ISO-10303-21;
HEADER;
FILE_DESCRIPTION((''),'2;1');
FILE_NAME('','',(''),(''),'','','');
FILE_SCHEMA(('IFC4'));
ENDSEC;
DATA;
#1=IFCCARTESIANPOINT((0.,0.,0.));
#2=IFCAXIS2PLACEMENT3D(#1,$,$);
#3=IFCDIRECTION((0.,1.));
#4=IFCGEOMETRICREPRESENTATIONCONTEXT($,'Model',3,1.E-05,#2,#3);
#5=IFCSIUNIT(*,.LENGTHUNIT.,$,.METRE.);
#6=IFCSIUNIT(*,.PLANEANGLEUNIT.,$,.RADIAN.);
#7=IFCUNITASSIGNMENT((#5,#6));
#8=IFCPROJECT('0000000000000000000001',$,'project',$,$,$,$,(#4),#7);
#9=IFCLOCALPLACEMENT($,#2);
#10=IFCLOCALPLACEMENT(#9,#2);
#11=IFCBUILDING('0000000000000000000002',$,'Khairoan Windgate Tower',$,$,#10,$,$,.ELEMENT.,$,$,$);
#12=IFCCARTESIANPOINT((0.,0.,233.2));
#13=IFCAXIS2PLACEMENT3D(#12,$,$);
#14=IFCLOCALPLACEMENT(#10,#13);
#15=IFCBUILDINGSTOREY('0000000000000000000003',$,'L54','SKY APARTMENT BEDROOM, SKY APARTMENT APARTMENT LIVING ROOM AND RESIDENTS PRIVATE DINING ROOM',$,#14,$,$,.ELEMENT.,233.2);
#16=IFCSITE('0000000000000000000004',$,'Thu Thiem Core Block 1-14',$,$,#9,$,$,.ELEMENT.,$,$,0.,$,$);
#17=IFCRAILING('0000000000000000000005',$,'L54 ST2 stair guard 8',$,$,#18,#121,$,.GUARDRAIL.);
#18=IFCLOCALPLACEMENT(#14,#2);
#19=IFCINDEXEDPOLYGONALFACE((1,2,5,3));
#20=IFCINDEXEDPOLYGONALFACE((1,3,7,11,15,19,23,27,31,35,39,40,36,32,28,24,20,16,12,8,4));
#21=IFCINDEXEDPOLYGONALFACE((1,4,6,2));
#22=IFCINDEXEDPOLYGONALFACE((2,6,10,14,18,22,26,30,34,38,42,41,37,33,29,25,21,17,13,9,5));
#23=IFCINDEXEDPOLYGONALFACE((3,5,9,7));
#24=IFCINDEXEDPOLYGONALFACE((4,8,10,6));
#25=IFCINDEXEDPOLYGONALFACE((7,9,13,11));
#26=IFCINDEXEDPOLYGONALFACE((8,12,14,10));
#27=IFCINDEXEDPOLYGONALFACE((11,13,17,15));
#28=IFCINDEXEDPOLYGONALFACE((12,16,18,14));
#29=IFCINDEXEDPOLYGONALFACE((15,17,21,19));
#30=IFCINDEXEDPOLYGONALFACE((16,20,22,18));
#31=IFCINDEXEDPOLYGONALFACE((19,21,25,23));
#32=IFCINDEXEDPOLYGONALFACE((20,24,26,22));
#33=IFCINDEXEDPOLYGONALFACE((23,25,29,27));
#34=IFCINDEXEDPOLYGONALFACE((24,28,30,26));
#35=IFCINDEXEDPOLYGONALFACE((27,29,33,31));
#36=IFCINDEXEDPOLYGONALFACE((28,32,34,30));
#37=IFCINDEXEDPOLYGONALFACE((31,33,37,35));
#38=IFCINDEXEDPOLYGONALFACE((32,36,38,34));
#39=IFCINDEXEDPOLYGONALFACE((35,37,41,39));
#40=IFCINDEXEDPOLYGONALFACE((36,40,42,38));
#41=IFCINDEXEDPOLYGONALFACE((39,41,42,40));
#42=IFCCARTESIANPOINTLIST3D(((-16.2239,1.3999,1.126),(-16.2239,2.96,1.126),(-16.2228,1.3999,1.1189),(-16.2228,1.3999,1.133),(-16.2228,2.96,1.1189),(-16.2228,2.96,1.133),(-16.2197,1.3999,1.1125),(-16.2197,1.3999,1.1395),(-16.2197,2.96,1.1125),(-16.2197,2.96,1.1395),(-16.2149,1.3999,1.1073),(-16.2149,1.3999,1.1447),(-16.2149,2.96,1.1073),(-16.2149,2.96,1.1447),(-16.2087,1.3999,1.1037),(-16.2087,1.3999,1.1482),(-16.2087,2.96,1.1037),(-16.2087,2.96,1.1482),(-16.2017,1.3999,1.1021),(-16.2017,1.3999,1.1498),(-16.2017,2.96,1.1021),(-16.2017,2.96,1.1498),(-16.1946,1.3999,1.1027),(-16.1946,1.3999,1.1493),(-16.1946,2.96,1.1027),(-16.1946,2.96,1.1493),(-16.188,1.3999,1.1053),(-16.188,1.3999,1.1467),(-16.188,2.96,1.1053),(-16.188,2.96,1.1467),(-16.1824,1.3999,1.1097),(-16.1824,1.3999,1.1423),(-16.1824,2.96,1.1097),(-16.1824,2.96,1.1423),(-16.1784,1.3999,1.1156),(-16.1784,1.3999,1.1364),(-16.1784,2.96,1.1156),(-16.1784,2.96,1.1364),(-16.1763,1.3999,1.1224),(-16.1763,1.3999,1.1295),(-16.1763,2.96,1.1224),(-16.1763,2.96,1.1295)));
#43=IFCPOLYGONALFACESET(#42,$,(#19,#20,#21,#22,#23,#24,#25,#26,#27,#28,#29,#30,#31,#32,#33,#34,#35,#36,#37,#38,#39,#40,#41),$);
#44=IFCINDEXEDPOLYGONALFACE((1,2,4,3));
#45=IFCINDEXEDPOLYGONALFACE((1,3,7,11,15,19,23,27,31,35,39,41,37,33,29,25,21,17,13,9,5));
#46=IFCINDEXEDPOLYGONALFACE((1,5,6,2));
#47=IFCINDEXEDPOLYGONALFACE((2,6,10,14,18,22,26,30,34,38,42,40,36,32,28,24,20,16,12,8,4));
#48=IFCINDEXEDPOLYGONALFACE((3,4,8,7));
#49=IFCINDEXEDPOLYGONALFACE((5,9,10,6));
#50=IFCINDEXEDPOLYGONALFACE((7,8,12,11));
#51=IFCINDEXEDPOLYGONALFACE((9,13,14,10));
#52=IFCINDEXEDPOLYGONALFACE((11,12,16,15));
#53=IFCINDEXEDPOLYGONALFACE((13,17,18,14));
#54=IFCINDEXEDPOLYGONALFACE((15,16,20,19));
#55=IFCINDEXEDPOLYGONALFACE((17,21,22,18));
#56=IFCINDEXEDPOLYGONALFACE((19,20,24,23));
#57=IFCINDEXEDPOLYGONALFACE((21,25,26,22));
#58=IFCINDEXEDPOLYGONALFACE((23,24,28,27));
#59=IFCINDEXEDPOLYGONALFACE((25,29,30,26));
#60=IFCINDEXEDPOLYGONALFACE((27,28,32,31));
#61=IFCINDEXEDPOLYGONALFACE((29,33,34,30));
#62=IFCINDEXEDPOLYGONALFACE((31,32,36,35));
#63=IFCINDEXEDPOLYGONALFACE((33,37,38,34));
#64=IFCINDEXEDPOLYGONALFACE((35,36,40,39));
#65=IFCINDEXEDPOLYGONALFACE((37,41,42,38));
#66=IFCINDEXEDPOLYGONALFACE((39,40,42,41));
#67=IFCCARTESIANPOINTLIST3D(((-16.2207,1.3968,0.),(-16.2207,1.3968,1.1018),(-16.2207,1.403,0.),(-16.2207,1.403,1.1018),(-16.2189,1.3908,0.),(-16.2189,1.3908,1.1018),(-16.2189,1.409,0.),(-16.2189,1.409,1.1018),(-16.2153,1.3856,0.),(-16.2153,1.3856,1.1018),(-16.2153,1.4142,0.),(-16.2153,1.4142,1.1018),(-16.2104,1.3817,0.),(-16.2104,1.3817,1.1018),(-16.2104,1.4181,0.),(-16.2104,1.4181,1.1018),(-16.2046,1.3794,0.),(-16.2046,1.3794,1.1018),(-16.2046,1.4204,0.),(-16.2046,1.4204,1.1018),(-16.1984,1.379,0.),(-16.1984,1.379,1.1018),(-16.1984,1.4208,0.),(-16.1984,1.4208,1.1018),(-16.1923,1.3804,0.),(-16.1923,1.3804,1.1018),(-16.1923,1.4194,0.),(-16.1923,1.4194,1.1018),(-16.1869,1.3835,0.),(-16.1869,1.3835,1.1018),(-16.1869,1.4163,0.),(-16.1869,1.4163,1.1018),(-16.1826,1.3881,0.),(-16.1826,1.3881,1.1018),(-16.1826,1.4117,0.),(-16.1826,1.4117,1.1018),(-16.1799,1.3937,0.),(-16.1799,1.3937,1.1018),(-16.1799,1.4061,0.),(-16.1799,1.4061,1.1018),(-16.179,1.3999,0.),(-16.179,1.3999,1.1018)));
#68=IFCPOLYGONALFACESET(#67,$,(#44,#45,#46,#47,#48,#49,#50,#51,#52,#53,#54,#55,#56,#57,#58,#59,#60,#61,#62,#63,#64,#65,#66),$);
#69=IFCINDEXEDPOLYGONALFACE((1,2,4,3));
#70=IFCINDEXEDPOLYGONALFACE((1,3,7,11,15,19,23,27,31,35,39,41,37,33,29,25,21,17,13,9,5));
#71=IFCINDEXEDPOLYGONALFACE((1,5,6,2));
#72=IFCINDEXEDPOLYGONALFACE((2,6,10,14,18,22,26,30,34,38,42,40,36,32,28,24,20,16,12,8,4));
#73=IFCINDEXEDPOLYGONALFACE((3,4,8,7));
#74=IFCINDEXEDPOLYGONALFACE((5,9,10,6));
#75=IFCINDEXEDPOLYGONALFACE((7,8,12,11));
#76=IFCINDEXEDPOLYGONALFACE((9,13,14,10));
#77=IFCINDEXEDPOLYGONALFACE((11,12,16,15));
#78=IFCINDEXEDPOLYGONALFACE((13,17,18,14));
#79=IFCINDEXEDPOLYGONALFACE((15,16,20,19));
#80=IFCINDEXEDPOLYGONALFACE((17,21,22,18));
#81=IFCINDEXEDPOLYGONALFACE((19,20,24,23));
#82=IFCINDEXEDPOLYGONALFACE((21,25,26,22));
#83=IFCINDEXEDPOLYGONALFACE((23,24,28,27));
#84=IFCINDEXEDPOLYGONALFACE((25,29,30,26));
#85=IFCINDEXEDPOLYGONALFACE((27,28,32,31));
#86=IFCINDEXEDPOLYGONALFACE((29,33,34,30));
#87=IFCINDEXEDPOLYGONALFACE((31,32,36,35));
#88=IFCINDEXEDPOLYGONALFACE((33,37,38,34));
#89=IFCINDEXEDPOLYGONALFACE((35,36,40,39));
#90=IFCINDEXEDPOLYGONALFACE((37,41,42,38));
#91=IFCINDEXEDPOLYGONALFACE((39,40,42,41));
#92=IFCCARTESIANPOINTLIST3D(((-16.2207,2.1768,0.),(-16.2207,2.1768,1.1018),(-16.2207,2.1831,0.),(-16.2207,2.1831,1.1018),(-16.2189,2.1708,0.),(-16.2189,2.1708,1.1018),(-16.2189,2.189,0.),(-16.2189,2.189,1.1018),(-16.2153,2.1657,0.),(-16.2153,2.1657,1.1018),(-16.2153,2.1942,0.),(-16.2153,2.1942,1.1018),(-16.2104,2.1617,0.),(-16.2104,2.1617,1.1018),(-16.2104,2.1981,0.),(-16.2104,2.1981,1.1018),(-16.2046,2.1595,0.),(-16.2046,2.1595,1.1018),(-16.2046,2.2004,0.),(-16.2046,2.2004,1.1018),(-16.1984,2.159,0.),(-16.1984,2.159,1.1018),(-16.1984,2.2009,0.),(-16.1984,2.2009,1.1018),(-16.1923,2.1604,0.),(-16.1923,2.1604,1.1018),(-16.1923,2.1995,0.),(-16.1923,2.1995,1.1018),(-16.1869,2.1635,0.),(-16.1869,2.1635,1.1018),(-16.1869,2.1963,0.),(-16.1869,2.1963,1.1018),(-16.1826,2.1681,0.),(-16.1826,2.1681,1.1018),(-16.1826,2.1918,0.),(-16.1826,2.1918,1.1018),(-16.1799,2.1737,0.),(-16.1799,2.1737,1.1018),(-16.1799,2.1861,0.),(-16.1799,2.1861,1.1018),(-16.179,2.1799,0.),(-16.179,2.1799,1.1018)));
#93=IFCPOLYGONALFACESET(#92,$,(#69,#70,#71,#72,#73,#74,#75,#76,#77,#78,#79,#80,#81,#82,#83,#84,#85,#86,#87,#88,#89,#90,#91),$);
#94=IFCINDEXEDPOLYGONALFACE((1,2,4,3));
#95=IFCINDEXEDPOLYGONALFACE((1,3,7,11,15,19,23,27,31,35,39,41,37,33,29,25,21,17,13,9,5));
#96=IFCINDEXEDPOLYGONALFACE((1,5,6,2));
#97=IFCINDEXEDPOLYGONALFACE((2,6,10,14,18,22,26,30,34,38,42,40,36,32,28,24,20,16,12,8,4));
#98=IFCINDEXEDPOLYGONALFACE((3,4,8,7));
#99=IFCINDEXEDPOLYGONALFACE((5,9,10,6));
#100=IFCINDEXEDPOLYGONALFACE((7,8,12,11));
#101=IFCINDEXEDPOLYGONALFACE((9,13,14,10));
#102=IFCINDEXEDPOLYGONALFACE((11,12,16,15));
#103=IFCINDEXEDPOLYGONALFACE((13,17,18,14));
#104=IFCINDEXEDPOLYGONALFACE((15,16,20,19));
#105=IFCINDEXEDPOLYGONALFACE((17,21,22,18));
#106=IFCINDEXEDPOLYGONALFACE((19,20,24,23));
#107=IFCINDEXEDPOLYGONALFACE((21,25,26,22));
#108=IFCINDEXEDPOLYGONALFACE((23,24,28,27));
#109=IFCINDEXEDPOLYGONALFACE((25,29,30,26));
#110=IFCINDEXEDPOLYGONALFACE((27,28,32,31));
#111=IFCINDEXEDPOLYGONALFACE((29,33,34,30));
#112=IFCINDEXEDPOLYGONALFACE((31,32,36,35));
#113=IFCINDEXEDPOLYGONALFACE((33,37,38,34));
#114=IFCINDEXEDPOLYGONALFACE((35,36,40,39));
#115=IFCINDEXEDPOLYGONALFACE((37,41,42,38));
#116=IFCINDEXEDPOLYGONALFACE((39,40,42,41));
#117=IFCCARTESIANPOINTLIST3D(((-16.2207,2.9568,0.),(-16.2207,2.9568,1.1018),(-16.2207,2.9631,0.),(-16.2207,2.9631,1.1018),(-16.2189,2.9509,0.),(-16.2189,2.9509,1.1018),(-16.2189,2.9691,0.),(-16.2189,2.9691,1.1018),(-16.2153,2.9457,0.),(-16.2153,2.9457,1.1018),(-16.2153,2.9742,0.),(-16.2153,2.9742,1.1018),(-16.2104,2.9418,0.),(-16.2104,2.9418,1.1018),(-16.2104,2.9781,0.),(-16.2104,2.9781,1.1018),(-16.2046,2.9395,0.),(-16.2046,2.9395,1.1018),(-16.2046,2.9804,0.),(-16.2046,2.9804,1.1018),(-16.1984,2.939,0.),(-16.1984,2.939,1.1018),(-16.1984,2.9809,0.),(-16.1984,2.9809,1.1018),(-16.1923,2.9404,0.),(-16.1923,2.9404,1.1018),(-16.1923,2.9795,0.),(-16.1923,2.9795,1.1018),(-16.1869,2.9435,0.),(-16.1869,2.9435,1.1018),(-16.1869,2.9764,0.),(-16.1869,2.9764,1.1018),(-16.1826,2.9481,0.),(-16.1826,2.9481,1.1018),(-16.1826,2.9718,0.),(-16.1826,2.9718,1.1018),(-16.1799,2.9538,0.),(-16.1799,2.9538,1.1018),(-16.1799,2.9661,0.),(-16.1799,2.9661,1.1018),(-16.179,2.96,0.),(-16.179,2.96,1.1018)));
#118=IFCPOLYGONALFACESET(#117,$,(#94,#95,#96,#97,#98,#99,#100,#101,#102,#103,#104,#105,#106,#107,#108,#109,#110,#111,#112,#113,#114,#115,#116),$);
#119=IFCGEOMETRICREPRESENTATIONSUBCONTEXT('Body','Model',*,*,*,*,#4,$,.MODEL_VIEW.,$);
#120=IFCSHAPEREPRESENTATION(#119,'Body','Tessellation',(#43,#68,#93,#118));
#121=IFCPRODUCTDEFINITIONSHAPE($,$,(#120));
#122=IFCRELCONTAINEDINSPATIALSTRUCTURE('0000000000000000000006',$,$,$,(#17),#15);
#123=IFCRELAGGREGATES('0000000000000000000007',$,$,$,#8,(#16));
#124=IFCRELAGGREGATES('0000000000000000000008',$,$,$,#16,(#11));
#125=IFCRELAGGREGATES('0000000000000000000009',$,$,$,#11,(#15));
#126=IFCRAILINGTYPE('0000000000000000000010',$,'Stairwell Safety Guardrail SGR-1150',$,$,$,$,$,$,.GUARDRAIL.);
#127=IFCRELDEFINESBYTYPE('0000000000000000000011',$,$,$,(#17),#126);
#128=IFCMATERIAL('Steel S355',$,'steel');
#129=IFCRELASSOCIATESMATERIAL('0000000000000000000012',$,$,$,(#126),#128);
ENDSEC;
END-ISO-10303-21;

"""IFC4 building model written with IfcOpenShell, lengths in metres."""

from ifc_helpers import new_model, si_unit, direction, frame, origin, origin_2d, place, context, subcontext, project, spatial, circle, extrude, material, type_object, element, save


model = new_model("IFC4")

# Units and contexts
model_context = context("Model", 3, precision=1e-05, world=origin(), true_north=direction((0.0, 1.0)))
body_context = subcontext(model_context, "Body", "Model", "MODEL_VIEW")
ifc_project = project(units=[si_unit("LENGTHUNIT", "METRE"), si_unit("PLANEANGLEUNIT", "RADIAN")], contexts=[model_context])

# Site, building, storey
site_placement = place(None, origin())
site = spatial("IfcSite", under=ifc_project, at=site_placement, Name="Thu Thiem Core Block 1-14", CompositionType="ELEMENT", RefElevation=0.0)
building_placement = place(site_placement, origin())
building = spatial("IfcBuilding", under=site, at=building_placement, Name="Khairoan Windgate Tower", CompositionType="ELEMENT")
storey_placement = place(building_placement, frame((0.0, 0.0, 233.2)))
storey = spatial("IfcBuildingStorey", under=building, at=storey_placement, Name="L54", Description="SKY APARTMENT BEDROOM, SKY APARTMENT APARTMENT LIVING ROOM AND RESIDENTS PRIVATE DINING ROOM", CompositionType="ELEMENT", Elevation=233.2)

# Railing
ifc_material_1 = material(Name="Steel S355", Category="steel")
railing_type_1 = type_object("IfcRailingType", Name="Stairwell Safety Guardrail SGR-1150", PredefinedType="GUARDRAIL", material=ifc_material_1)
railing_1_placement = place(storey_placement, frame((-16.2, 1.3999, 0.0)))
element("IfcRailing", 1, at=railing_1_placement, inside=storey, type_object=railing_type_1, Name="L54 ST2 stair guard 8", PredefinedType="GUARDRAIL", context=body_context, shape_type="SweptSolid", body=[
    extrude(circle(Radius=0.0239, at=origin_2d()), frame((0.0, 0.0, 1.126), z_axis=(0.0, 1.0, 0.0), x_axis=(-1.0, 0.0, 0.0)), (0.0, 0.0, 1.0), 1.5601),
    extrude(circle(Radius=0.021, at=origin_2d()), origin(), (0.0, 0.0, 1.0), 1.1018),
    extrude(circle(Radius=0.021, at=origin_2d()), frame((0.0, 0.78, 0.0)), (0.0, 0.0, 1.0), 1.1018),
    extrude(circle(Radius=0.021, at=origin_2d()), frame((0.0, 1.5601, 0.0)), (0.0, 0.0, 1.0), 1.1018),
])

save(model, "model.ifc")
